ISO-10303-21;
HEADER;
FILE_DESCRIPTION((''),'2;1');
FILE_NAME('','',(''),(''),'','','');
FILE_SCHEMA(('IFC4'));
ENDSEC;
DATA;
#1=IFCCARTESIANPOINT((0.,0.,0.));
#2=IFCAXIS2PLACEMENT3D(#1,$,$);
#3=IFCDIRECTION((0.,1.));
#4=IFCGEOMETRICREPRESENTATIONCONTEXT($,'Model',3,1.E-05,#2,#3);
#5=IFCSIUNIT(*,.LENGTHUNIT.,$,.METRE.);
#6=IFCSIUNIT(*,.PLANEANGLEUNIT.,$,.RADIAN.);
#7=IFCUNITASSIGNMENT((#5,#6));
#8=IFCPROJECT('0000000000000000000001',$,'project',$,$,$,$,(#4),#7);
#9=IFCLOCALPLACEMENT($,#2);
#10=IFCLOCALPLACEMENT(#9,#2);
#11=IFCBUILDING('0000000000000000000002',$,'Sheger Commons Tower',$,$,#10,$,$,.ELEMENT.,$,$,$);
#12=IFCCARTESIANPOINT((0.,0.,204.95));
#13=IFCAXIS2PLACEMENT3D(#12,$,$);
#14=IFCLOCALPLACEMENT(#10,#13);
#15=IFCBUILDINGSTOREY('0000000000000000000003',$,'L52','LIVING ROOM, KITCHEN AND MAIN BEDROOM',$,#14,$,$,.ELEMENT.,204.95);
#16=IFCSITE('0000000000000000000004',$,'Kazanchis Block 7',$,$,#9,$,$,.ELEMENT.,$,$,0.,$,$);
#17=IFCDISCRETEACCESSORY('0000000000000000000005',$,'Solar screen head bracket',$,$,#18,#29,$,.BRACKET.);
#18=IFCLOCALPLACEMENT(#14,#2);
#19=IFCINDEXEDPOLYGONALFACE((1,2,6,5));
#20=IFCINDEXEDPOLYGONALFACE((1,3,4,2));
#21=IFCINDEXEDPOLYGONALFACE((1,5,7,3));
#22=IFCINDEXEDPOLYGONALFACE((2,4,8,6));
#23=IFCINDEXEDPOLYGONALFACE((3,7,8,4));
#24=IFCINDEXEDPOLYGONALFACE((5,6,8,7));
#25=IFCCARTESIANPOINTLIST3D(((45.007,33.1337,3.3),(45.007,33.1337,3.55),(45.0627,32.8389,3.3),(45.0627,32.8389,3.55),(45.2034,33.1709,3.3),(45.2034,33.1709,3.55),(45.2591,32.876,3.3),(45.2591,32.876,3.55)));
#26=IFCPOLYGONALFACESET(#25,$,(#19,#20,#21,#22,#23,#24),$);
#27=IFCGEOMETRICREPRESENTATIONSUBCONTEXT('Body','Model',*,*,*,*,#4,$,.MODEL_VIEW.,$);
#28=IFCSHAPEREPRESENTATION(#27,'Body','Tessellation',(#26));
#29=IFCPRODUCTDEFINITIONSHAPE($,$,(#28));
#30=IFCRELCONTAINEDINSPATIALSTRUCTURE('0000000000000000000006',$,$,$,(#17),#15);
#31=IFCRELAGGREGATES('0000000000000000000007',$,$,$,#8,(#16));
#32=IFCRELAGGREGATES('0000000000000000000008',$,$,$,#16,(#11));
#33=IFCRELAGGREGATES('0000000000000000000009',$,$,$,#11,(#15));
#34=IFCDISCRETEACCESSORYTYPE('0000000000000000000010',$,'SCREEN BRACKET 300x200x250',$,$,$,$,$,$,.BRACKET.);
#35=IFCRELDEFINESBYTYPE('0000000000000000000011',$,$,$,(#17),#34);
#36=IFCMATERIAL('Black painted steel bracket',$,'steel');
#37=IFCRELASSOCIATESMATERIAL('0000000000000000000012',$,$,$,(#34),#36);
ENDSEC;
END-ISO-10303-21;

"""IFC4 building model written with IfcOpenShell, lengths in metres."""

from ifc_helpers import new_model, si_unit, direction, frame, origin, origin_2d, place, context, subcontext, project, spatial, rectangle, extrude, material, type_object, element, save


model = new_model("IFC4")

# Units and contexts
model_context = context("Model", 3, precision=1e-05, world=origin(), true_north=direction((0.0, 1.0)))
body_context = subcontext(model_context, "Body", "Model", "MODEL_VIEW")
ifc_project = project(units=[si_unit("LENGTHUNIT", "METRE"), si_unit("PLANEANGLEUNIT", "RADIAN")], contexts=[model_context])

# Site, building, storey
site_placement = place(None, origin())
site = spatial("IfcSite", under=ifc_project, at=site_placement, Name="Kazanchis Block 7", CompositionType="ELEMENT", RefElevation=0.0)
building_placement = place(site_placement, origin())
building = spatial("IfcBuilding", under=site, at=building_placement, Name="Sheger Commons Tower", CompositionType="ELEMENT")
storey_placement = place(building_placement, frame((0.0, 0.0, 204.95)))
storey = spatial("IfcBuildingStorey", under=building, at=storey_placement, Name="L52", Description="LIVING ROOM, KITCHEN AND MAIN BEDROOM", CompositionType="ELEMENT", Elevation=204.95)

# Discrete accessory
ifc_material_1 = material(Name="Black painted steel bracket", Category="steel")
discrete_accessory_type = type_object("IfcDiscreteAccessoryType", Name="SCREEN BRACKET 300x200x250", PredefinedType="BRACKET", material=ifc_material_1)
for number, where, z_axis, x_axis, name in (
    (1, (45.1331, 33.0049, 3.3), (0.0, 0.0, 1.0), (-0.185615, 0.982623, 0.0), "Solar screen head bracket"),
):
    element("IfcDiscreteAccessory", number, at=place(storey_placement, frame(where, z_axis=z_axis, x_axis=x_axis)), inside=storey, type_object=discrete_accessory_type, Name=name, PredefinedType="BRACKET", context=body_context, shape_type="SweptSolid", body=[
        extrude(rectangle(XDim=0.3, YDim=0.2, at=origin_2d()), origin(), (0.0, 0.0, 1.0), 0.25),
    ])

save(model, "model.ifc")
